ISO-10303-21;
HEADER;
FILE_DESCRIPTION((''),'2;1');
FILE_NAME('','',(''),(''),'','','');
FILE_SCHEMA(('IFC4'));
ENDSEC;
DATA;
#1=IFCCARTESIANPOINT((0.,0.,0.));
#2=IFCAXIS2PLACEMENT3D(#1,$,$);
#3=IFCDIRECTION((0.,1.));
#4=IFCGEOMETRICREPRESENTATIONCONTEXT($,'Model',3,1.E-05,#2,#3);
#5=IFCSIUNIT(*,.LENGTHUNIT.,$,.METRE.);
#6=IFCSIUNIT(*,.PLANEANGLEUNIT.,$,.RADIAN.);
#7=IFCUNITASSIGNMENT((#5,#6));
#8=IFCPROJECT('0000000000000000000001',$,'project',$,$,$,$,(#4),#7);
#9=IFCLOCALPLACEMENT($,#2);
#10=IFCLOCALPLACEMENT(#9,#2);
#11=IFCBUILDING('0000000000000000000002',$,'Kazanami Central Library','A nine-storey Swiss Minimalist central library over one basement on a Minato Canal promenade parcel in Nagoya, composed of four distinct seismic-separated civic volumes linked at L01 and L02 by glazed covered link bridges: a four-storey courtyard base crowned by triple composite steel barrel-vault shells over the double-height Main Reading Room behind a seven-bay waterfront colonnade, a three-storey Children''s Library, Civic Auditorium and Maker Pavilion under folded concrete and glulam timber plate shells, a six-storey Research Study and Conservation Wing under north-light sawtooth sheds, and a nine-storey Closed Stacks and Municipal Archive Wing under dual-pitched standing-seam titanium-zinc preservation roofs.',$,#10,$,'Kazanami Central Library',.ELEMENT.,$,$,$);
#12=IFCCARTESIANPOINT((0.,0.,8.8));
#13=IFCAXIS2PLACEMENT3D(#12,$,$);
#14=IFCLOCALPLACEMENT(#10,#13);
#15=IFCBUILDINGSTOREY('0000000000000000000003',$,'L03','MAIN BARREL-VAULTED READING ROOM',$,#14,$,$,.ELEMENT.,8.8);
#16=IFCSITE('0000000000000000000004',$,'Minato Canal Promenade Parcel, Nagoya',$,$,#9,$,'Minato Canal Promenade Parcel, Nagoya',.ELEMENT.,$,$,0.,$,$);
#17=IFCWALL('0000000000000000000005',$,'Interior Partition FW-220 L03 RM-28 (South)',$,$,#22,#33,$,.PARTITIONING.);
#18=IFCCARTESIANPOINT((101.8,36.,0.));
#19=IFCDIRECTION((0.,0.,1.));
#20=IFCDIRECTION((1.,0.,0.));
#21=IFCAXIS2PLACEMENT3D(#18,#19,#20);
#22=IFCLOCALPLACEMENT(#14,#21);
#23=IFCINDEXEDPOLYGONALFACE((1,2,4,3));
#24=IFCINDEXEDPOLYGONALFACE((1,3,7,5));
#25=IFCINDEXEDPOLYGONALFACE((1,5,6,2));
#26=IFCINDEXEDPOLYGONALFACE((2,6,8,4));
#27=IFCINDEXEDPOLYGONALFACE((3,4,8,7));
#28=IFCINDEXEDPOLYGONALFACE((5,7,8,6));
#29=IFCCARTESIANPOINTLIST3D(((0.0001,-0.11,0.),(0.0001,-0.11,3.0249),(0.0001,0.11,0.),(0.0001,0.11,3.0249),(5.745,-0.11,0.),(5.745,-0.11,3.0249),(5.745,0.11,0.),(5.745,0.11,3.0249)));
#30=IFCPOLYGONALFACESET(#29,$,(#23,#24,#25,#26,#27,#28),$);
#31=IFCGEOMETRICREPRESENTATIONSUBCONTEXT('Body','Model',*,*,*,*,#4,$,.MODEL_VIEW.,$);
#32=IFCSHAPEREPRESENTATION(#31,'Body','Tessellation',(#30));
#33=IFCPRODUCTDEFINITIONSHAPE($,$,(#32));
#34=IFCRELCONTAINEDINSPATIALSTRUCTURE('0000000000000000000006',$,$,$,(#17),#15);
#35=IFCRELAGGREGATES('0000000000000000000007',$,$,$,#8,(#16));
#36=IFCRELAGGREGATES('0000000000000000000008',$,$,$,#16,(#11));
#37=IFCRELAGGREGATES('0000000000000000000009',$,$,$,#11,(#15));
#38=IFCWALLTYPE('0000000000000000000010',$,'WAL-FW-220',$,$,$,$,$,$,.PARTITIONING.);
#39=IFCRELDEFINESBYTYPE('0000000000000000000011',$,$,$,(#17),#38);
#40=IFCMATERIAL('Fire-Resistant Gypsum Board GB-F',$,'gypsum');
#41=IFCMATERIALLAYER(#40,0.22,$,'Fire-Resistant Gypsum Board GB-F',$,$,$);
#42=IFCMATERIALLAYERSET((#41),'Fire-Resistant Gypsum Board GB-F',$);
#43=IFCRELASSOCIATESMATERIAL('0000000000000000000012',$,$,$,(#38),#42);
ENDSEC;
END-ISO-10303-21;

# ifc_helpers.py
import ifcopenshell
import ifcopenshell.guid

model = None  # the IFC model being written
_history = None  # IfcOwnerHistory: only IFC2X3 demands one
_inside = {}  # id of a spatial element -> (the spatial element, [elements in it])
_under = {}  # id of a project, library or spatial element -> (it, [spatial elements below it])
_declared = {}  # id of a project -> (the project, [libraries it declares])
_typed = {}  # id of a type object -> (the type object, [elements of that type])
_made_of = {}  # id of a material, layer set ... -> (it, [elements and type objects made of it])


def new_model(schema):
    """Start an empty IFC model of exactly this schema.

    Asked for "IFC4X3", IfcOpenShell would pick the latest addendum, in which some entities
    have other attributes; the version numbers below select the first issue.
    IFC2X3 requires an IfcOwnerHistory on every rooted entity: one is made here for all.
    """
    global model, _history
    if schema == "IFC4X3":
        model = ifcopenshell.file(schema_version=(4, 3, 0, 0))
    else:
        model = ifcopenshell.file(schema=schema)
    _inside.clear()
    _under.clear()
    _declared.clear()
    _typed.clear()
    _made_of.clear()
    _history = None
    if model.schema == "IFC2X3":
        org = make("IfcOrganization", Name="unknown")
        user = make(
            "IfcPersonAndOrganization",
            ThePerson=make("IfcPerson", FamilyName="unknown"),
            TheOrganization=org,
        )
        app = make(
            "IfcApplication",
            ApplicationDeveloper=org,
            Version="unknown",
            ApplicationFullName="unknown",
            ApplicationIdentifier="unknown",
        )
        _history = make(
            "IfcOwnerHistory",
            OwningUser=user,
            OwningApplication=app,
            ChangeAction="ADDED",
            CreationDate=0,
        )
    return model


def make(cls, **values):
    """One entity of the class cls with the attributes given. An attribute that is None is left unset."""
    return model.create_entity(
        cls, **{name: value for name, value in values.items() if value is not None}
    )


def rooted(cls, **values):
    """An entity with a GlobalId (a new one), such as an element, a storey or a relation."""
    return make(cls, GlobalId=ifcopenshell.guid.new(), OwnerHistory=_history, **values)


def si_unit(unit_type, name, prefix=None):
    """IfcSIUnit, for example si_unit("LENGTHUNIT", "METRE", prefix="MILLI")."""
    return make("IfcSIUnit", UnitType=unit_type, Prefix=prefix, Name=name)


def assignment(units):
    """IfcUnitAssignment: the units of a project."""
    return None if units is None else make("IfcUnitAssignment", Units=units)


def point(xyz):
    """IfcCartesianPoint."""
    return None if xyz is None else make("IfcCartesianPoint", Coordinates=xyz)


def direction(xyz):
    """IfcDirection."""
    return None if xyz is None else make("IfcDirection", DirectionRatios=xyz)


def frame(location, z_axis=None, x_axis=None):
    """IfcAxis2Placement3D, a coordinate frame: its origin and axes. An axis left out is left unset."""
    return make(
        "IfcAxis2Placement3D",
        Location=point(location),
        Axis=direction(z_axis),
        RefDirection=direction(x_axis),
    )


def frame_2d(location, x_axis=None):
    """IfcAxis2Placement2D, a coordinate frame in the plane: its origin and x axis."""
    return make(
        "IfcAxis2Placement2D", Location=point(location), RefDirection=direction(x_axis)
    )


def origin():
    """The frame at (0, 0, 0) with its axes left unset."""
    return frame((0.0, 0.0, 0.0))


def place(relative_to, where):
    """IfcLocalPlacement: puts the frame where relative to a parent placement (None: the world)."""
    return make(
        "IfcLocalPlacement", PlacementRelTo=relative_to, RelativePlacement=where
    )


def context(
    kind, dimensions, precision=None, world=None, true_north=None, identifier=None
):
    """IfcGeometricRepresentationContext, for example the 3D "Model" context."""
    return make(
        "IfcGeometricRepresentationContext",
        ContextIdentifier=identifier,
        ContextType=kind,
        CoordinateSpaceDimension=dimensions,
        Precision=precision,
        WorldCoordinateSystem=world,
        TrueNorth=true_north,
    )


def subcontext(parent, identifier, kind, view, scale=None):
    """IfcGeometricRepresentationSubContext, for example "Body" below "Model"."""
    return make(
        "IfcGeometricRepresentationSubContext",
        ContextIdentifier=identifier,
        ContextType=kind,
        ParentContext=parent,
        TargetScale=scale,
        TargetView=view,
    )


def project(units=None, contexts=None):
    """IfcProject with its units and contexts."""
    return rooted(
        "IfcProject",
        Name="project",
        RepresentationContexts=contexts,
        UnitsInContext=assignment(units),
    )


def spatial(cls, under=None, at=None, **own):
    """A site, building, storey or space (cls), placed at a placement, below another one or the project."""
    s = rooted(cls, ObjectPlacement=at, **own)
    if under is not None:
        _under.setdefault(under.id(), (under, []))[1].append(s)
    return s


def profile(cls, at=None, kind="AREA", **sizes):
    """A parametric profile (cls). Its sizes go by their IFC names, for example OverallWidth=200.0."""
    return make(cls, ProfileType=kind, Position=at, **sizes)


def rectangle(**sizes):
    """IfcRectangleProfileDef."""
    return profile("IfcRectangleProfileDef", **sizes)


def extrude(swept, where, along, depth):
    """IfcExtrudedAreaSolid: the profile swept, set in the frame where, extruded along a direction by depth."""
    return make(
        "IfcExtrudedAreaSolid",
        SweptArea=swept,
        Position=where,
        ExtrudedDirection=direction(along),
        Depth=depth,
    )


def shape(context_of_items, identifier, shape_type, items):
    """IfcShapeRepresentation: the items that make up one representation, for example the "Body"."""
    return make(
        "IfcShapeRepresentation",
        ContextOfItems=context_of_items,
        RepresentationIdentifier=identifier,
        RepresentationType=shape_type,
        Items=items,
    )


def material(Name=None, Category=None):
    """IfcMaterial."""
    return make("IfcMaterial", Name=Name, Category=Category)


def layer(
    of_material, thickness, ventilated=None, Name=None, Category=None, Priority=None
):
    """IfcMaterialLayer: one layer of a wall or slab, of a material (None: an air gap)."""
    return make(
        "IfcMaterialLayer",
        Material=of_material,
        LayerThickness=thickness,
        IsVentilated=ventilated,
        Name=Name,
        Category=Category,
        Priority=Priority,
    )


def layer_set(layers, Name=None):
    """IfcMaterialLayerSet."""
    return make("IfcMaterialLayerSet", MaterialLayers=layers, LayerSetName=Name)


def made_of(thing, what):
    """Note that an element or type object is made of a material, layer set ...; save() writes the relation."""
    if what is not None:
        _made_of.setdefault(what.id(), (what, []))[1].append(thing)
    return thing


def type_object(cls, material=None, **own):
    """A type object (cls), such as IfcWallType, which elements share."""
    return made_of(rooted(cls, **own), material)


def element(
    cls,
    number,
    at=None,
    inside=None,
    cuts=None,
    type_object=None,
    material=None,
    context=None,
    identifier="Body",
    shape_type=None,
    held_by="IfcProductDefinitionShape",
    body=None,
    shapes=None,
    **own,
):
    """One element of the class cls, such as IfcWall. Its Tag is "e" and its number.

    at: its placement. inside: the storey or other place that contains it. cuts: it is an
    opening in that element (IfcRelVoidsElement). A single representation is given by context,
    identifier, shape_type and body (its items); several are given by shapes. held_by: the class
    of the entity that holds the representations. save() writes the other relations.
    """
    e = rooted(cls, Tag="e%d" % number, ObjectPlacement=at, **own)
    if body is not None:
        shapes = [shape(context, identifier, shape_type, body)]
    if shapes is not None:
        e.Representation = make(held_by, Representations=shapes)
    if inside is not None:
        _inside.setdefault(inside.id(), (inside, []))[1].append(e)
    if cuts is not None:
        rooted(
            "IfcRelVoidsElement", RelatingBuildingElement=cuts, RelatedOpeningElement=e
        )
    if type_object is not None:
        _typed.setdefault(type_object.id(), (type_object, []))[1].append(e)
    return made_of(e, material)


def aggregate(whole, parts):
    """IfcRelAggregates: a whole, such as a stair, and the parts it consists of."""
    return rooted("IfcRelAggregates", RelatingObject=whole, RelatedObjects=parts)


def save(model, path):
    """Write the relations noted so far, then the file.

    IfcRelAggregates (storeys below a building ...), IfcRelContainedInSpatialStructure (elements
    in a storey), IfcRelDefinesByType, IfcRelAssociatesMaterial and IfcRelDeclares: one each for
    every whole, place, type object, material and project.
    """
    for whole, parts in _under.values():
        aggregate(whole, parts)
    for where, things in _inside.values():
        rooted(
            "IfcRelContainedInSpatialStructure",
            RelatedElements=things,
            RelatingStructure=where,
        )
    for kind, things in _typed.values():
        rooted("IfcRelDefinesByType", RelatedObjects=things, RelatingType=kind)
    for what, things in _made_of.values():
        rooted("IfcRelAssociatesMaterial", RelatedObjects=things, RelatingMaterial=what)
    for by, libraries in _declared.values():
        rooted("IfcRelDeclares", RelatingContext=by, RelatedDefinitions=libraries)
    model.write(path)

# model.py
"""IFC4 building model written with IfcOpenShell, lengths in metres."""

from ifc_helpers import new_model, si_unit, direction, frame, frame_2d, origin, place, context, subcontext, project, spatial, rectangle, extrude, material, layer, layer_set, type_object, element, save


model = new_model("IFC4")

# Units and contexts
model_context = context("Model", 3, precision=1e-05, world=origin(), true_north=direction((0.0, 1.0)))
body_context = subcontext(model_context, "Body", "Model", "MODEL_VIEW")
ifc_project = project(units=[si_unit("LENGTHUNIT", "METRE"), si_unit("PLANEANGLEUNIT", "RADIAN")], contexts=[model_context])

# Site, building, storey
site_placement = place(None, origin())
site = spatial("IfcSite", under=ifc_project, at=site_placement, Name="Minato Canal Promenade Parcel, Nagoya", LongName="Minato Canal Promenade Parcel, Nagoya", CompositionType="ELEMENT", RefElevation=0.0)
building_placement = place(site_placement, origin())
building = spatial("IfcBuilding", under=site, at=building_placement, Name="Kazanami Central Library", Description="A nine-storey Swiss Minimalist central library over one basement on a Minato Canal promenade parcel in Nagoya, composed of four distinct seismic-separated civic volumes linked at L01 and L02 by glazed covered link bridges: a four-storey courtyard base crowned by triple composite steel barrel-vault shells over the double-height Main Reading Room behind a seven-bay waterfront colonnade, a three-storey Children's Library, Civic Auditorium and Maker Pavilion under folded concrete and glulam timber plate shells, a six-storey Research Study and Conservation Wing under north-light sawtooth sheds, and a nine-storey Closed Stacks and Municipal Archive Wing under dual-pitched standing-seam titanium-zinc preservation roofs.", LongName="Kazanami Central Library", CompositionType="ELEMENT")
storey_placement = place(building_placement, frame((0.0, 0.0, 8.8)))
storey = spatial("IfcBuildingStorey", under=building, at=storey_placement, Name="L03", Description="MAIN BARREL-VAULTED READING ROOM", CompositionType="ELEMENT", Elevation=8.8)

# Wall
ifc_material_1 = material(Name="Fire-Resistant Gypsum Board GB-F", Category="gypsum")
ifc_layer_1 = layer(ifc_material_1, 0.22, Name="Fire-Resistant Gypsum Board GB-F")
ifc_layer_set_1 = layer_set([ifc_layer_1], Name="Fire-Resistant Gypsum Board GB-F")
wall_type_1 = type_object("IfcWallType", Name="WAL-FW-220", PredefinedType="PARTITIONING", material=ifc_layer_set_1)
wall_1_placement = place(storey_placement, frame((101.8, 36.0, 0.0), z_axis=(0.0, 0.0, 1.0), x_axis=(1.0, 0.0, 0.0)))
element("IfcWall", 1, at=wall_1_placement, inside=storey, type_object=wall_type_1, Name="Interior Partition FW-220 L03 RM-28 (South)", PredefinedType="PARTITIONING", context=body_context, shape_type="SweptSolid", body=[
    extrude(rectangle(XDim=5.7449, YDim=0.22, at=frame_2d((2.8726, 0.0))), origin(), (0.0, 0.0, 1.0), 3.0249),
])

save(model, "model.ifc")
